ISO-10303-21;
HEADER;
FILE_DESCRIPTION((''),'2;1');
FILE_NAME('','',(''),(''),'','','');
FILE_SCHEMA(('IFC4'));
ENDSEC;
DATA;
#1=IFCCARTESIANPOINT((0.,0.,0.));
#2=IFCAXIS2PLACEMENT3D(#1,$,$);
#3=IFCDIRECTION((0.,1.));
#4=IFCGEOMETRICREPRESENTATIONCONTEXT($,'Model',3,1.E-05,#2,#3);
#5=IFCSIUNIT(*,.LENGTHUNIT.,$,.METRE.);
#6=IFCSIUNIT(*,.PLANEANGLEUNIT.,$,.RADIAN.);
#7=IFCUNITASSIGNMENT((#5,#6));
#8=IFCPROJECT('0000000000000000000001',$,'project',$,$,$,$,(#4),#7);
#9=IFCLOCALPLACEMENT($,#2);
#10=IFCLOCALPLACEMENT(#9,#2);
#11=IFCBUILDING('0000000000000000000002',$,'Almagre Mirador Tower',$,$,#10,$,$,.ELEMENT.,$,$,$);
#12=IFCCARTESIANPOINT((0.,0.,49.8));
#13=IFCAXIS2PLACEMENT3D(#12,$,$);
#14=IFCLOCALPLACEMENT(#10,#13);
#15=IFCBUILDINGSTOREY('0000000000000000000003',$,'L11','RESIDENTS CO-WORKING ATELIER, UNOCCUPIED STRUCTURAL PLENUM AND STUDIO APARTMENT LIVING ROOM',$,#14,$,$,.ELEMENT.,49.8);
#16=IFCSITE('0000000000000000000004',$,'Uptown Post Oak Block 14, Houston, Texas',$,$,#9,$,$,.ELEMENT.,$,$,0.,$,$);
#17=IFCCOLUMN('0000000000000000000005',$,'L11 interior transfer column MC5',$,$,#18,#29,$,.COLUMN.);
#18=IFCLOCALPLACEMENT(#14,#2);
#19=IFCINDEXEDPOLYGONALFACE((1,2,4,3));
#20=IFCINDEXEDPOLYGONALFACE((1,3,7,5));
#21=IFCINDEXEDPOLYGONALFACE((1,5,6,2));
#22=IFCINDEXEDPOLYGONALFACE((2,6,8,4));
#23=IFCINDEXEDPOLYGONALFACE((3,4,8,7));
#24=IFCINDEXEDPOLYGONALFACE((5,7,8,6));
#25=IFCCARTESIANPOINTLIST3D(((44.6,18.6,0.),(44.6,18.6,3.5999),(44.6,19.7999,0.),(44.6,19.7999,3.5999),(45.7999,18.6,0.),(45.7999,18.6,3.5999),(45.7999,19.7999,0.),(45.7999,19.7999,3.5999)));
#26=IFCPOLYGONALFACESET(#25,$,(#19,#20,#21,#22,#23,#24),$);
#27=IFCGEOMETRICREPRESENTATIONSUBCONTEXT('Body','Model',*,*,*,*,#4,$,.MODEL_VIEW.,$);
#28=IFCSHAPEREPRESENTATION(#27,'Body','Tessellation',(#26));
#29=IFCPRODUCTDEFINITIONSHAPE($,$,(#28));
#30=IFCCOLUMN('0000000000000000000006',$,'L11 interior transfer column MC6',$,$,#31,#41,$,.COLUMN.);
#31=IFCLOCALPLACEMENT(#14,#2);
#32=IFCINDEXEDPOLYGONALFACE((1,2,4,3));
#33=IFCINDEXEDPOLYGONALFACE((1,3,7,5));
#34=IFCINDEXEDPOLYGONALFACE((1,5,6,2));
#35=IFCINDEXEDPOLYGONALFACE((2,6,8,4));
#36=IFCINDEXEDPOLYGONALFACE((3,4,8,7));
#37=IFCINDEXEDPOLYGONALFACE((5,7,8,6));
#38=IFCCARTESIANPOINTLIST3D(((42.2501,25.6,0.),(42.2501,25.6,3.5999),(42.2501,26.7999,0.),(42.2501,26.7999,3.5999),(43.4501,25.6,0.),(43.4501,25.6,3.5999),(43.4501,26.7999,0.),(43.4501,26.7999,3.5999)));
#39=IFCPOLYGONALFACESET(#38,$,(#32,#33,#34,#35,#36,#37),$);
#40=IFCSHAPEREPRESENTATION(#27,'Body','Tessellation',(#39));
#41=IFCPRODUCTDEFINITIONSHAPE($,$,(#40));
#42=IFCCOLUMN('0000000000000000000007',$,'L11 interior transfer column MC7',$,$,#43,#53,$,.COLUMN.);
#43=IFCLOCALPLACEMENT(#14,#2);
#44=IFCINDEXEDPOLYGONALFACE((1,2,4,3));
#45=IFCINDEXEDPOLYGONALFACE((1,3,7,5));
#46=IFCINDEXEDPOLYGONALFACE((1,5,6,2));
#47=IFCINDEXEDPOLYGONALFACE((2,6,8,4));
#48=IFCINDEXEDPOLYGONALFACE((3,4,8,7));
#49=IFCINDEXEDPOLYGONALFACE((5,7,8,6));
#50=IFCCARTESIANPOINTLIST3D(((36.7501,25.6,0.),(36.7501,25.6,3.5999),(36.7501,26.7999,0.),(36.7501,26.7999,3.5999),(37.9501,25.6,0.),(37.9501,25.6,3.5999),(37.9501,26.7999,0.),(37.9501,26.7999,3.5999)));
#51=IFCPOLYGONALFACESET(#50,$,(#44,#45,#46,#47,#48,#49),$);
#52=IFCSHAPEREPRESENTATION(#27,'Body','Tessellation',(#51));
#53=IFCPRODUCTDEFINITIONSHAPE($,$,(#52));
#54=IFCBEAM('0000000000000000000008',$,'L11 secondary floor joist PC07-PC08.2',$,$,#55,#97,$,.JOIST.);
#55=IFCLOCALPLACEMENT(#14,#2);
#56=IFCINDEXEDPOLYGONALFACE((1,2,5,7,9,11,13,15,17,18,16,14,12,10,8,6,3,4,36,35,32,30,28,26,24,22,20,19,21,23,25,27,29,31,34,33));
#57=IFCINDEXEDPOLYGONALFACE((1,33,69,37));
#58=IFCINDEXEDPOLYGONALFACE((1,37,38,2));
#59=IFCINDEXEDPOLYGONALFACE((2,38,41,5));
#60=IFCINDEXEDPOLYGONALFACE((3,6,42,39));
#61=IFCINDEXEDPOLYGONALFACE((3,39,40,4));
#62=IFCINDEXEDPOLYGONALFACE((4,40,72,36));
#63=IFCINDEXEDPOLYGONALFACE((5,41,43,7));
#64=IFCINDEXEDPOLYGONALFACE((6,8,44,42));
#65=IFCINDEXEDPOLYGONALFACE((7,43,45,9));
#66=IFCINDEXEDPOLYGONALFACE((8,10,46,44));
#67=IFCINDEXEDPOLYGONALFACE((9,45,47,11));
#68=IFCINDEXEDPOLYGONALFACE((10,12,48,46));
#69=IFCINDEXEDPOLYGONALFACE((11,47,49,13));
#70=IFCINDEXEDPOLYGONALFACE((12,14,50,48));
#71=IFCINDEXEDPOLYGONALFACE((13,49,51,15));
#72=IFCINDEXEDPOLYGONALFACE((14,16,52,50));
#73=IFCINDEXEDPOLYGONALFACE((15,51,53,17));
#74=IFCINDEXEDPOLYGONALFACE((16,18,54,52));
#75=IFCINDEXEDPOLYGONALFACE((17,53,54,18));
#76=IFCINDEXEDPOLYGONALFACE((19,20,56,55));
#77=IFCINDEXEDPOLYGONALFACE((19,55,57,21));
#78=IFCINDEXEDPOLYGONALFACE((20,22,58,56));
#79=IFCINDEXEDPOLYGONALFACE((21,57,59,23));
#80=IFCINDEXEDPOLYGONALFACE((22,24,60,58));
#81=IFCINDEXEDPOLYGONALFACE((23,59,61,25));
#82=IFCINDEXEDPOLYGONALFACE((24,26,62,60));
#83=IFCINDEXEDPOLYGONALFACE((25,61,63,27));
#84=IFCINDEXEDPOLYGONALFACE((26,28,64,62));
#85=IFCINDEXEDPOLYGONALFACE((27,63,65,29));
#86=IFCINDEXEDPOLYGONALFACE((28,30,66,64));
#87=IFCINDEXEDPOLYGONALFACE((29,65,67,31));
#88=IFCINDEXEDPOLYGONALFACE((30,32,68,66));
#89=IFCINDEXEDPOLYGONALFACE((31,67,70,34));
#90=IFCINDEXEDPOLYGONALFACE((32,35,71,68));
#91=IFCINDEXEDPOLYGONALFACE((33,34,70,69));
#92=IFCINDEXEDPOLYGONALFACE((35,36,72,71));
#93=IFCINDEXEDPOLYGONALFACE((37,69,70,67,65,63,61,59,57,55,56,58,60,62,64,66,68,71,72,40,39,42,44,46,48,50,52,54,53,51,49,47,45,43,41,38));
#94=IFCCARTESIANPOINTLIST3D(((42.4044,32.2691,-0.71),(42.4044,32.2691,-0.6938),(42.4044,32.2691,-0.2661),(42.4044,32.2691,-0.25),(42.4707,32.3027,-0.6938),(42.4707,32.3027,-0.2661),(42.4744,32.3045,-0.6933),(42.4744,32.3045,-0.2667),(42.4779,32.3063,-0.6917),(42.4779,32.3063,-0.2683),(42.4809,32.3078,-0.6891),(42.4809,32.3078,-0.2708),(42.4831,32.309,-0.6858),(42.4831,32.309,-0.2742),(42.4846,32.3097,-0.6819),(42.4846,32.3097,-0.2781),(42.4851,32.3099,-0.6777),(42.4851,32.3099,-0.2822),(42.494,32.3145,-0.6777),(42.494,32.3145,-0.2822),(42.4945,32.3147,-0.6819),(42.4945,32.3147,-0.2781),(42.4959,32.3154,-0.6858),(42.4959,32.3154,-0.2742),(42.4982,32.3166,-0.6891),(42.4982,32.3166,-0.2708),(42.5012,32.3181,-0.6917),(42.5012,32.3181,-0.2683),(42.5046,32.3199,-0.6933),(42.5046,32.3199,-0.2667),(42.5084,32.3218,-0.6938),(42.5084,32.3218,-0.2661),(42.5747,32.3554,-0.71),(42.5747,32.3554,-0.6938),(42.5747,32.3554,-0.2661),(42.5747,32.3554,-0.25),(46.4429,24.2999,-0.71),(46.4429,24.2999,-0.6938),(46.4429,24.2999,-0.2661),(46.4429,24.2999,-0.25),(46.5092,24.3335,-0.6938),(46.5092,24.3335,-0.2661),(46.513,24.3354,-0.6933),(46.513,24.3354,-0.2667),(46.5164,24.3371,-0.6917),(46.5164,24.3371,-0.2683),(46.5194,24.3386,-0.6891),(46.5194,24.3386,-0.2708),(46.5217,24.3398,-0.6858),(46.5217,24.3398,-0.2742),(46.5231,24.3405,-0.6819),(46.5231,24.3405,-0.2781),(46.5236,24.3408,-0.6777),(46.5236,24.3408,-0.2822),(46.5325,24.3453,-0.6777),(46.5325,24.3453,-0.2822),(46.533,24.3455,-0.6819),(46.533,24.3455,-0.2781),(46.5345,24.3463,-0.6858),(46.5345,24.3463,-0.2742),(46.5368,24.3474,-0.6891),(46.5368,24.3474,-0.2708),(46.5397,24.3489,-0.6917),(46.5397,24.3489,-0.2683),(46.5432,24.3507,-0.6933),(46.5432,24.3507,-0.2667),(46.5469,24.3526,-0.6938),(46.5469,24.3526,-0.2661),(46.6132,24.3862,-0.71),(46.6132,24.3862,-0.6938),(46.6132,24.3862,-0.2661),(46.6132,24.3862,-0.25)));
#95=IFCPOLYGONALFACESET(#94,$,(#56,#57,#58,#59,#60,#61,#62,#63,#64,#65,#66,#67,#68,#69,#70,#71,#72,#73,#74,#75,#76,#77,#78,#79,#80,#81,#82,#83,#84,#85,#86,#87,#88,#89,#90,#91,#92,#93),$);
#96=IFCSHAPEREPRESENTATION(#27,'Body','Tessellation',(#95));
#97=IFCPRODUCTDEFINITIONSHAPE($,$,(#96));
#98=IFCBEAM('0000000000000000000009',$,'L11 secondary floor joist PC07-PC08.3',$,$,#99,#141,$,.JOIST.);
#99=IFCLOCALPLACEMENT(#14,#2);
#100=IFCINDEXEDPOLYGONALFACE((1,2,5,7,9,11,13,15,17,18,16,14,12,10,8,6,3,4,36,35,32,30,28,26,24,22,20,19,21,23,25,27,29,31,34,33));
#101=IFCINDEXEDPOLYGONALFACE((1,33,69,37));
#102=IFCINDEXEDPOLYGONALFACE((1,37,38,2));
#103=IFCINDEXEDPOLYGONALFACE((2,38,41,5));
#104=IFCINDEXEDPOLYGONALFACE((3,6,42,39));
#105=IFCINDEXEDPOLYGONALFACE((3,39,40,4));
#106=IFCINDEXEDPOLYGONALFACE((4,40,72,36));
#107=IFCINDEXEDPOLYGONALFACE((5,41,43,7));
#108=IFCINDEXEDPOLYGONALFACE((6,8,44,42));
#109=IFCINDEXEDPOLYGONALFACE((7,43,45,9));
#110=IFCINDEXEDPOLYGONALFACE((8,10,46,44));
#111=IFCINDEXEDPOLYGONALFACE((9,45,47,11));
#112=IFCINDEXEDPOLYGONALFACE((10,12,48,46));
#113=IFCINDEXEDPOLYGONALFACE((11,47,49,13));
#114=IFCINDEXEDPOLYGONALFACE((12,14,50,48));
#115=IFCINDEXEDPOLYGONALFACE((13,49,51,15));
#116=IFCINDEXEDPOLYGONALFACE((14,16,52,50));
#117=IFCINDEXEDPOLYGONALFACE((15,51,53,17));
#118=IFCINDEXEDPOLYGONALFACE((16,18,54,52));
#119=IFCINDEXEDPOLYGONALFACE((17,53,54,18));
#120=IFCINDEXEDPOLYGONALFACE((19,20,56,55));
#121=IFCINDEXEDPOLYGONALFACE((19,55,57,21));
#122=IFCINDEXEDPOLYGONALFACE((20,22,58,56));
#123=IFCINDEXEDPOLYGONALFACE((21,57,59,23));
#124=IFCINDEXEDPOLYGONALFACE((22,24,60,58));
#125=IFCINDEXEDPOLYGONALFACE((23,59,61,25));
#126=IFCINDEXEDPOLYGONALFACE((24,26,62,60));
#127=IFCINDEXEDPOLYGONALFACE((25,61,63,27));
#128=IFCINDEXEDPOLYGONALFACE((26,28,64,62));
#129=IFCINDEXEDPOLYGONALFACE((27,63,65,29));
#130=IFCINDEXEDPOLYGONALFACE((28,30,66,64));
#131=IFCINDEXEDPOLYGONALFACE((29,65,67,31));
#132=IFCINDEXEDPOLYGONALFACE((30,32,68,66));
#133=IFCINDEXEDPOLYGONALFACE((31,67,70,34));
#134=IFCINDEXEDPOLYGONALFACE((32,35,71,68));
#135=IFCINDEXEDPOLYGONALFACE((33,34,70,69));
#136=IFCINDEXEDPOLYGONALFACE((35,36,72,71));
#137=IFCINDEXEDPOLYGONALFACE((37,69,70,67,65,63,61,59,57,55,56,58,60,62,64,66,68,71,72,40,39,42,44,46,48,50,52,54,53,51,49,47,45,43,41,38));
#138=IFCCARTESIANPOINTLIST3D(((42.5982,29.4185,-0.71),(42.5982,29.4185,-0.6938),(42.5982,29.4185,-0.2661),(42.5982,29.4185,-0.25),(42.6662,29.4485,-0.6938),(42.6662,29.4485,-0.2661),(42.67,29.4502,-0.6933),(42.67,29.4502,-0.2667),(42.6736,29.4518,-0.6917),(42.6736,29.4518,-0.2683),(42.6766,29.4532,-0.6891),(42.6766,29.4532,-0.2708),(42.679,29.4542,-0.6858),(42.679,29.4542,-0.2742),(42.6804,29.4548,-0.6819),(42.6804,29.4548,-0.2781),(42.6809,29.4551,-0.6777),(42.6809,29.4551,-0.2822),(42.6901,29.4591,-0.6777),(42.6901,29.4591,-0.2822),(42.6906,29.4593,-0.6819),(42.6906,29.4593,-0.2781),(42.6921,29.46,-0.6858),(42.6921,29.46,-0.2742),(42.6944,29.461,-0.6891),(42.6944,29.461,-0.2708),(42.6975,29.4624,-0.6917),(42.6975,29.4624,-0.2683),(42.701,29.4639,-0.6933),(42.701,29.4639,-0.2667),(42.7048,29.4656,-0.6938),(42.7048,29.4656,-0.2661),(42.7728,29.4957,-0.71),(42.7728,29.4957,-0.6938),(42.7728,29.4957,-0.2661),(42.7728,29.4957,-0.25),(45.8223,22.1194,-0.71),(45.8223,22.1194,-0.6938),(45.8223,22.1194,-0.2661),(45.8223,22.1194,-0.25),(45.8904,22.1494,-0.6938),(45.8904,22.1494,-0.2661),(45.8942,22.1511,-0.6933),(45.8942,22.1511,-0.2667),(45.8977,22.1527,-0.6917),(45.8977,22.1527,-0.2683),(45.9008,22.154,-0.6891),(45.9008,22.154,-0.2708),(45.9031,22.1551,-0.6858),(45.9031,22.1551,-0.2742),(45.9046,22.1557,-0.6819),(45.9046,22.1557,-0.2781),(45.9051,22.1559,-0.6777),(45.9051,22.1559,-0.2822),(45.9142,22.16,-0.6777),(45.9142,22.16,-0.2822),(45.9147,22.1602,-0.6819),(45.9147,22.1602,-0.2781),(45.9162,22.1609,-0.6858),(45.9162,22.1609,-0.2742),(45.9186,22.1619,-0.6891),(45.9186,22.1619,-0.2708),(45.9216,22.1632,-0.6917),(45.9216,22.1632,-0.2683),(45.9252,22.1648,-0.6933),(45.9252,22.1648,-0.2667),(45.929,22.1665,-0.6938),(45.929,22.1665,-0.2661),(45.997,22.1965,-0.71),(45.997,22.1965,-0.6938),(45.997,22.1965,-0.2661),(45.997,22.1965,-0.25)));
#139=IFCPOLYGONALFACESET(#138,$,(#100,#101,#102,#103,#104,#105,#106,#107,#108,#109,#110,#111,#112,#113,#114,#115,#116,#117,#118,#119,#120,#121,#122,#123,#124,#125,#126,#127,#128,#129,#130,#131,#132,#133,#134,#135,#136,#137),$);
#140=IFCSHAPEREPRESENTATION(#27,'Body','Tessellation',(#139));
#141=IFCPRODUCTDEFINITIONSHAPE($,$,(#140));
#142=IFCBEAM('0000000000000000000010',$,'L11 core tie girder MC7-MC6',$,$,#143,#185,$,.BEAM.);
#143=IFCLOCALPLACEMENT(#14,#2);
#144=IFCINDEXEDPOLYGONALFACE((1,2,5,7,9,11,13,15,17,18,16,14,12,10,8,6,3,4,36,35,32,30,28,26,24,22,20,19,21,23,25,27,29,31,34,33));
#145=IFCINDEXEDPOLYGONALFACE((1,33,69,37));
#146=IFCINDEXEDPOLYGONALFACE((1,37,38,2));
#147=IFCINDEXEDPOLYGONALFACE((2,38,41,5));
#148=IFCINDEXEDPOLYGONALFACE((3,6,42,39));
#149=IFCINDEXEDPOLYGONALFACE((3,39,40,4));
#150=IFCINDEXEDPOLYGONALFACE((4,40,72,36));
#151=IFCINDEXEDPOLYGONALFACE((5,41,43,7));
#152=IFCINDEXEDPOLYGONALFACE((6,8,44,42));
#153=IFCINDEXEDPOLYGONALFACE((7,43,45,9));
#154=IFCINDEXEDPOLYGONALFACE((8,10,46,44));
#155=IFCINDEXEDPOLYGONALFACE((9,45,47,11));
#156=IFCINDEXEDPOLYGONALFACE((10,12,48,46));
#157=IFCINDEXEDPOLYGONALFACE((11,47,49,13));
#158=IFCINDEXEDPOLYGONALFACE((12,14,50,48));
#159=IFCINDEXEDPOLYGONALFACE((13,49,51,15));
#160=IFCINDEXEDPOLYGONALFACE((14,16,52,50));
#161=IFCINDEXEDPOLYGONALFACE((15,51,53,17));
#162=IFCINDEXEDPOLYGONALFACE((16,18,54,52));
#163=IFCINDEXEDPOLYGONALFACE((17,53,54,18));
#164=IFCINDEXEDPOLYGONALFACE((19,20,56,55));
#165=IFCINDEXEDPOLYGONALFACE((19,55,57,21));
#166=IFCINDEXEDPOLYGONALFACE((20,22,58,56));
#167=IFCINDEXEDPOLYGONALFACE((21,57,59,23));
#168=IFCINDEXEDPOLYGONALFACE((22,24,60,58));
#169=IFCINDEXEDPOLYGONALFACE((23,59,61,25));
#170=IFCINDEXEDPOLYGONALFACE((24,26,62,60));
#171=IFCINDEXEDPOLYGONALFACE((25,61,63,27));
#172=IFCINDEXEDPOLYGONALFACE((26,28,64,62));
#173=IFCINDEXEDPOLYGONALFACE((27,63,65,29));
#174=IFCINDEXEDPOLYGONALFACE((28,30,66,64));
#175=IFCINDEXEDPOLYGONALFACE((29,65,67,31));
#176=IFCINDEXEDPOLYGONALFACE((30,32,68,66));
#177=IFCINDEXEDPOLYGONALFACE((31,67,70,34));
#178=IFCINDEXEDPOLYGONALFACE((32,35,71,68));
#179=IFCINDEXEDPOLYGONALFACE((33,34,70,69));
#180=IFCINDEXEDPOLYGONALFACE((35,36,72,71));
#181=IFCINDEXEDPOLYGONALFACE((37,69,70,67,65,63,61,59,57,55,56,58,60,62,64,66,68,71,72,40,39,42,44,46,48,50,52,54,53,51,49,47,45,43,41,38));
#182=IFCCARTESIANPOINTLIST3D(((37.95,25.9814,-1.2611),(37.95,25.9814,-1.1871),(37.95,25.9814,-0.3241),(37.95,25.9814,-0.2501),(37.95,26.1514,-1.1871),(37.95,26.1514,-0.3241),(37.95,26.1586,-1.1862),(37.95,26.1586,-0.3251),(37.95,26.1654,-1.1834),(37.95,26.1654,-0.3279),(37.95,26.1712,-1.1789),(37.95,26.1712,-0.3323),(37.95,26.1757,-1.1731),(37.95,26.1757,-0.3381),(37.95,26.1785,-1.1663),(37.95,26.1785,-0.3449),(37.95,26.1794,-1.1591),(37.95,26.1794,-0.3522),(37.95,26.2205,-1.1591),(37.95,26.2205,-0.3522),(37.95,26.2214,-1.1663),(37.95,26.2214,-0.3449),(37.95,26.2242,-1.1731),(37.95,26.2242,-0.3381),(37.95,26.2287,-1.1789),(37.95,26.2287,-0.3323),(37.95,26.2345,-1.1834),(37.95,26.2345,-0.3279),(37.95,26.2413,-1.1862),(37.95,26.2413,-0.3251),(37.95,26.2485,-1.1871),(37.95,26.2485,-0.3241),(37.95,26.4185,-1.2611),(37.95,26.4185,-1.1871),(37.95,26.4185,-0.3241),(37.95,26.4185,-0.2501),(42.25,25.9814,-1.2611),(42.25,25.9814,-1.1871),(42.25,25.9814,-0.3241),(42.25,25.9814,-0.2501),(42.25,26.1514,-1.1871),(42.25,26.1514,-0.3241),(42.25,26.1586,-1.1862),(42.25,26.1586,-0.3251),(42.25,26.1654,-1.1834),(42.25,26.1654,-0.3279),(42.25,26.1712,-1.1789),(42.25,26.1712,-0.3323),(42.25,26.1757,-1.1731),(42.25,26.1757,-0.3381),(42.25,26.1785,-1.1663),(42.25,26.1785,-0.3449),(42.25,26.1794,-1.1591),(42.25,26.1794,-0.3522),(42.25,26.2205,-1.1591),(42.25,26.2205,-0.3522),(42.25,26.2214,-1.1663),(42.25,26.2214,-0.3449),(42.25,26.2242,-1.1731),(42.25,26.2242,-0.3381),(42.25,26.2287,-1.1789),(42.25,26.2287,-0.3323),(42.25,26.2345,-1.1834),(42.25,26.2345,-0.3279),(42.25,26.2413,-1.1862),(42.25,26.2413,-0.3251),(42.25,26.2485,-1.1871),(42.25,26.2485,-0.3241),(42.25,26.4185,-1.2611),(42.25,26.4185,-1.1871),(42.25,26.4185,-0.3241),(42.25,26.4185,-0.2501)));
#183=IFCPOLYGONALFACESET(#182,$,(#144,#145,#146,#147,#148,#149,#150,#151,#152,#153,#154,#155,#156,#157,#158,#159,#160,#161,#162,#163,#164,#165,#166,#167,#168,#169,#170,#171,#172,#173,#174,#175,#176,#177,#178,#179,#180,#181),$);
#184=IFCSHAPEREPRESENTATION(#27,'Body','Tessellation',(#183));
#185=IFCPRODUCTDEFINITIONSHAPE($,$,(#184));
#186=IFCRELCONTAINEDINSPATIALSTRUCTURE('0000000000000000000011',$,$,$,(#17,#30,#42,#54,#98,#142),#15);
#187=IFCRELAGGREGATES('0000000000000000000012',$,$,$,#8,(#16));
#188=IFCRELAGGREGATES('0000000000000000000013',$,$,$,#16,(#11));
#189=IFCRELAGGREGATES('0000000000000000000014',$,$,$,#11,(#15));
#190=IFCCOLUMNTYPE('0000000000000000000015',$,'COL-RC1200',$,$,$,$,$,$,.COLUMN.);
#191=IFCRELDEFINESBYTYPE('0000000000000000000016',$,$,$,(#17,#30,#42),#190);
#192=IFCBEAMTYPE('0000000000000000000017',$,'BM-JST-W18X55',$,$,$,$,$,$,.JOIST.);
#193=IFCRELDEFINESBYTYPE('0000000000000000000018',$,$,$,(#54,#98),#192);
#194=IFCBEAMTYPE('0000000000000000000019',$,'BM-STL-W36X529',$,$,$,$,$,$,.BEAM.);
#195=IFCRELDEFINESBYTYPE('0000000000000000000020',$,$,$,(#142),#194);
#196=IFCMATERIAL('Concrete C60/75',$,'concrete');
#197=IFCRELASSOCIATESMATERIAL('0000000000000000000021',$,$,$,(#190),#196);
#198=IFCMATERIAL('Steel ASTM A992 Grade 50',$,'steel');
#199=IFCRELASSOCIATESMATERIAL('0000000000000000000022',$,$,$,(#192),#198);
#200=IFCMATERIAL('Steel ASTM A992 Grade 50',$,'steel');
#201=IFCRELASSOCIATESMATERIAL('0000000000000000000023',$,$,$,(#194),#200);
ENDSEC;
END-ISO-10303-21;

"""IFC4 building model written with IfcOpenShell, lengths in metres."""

from ifc_helpers import new_model, si_unit, direction, frame, origin, origin_2d, place, context, subcontext, project, spatial, rectangle, i_section, extrude, material, material_profile, profile_set, type_object, element, save


model = new_model("IFC4")

# Units and contexts
model_context = context("Model", 3, precision=1e-05, world=origin(), true_north=direction((0.0, 1.0)))
body_context = subcontext(model_context, "Body", "Model", "MODEL_VIEW")
ifc_project = project(units=[si_unit("LENGTHUNIT", "METRE"), si_unit("PLANEANGLEUNIT", "RADIAN")], contexts=[model_context])

# Site, building, storey
site_placement = place(None, origin())
site = spatial("IfcSite", under=ifc_project, at=site_placement, Name="Uptown Post Oak Block 14, Houston, Texas", CompositionType="ELEMENT", RefElevation=0.0)
building_placement = place(site_placement, origin())
building = spatial("IfcBuilding", under=site, at=building_placement, Name="Almagre Mirador Tower", CompositionType="ELEMENT")
storey_placement = place(building_placement, frame((0.0, 0.0, 49.8)))
storey = spatial("IfcBuildingStorey", under=building, at=storey_placement, Name="L11", Description="RESIDENTS CO-WORKING ATELIER, UNOCCUPIED STRUCTURAL PLENUM AND STUDIO APARTMENT LIVING ROOM", CompositionType="ELEMENT", Elevation=49.8)

# Columns
ifc_material_1 = material(Name="Concrete C60/75", Category="concrete")
ifc_material_profile_1 = material_profile(ifc_material_1, rectangle(XDim=1.2, YDim=1.2, at=origin_2d()), Name="RC1200X1200")
ifc_profile_set_1 = profile_set([ifc_material_profile_1], Name="Concrete C60/75")
column_type = type_object("IfcColumnType", Name="COL-RC1200", PredefinedType="COLUMN", material=ifc_profile_set_1)
for number, where, z_axis, x_axis, name in (
    (1, (45.2, 19.2, 0.0), (0.0, 0.0, 1.0), (1.0, 0.0, 0.0), "L11 interior transfer column MC5"),
    (2, (42.8501, 26.2, 0.0), (0.0, 0.0, 1.0), (1.0, 0.0, 0.0), "L11 interior transfer column MC6"),
    (3, (37.3501, 26.2, 0.0), (0.0, 0.0, 1.0), (1.0, 0.0, 0.0), "L11 interior transfer column MC7"),
):
    element("IfcColumn", number, at=place(storey_placement, frame(where, z_axis=z_axis, x_axis=x_axis)), inside=storey, type_object=column_type, Name=name, PredefinedType="COLUMN", context=body_context, shape_type="SweptSolid", body=[
        extrude(rectangle(XDim=1.2, YDim=1.2, at=origin_2d()), origin(), (0.0, 0.0, 1.0), 3.5999),
    ])

# Beams
ifc_material_2 = material(Name="Steel ASTM A992 Grade 50", Category="steel")
ifc_material_profile_2 = material_profile(ifc_material_2, i_section(OverallWidth=0.1909, OverallDepth=0.46, WebThickness=0.01, FlangeThickness=0.0161, FilletRadius=0.0161, at=origin_2d()), Name="W18X55")
ifc_profile_set_2 = profile_set([ifc_material_profile_2], Name="Steel ASTM A992 Grade 50")
beam_type_1 = type_object("IfcBeamType", Name="BM-JST-W18X55", PredefinedType="JOIST", material=ifc_profile_set_2)
beam_1_placement = place(storey_placement, frame((46.5281, 24.343, -0.48), z_axis=(-0.452038, 0.891998, 0.0), x_axis=(-0.891998, -0.452038, 0.0)))
element("IfcBeam", 4, at=beam_1_placement, inside=storey, type_object=beam_type_1, Name="L11 secondary floor joist PC07-PC08.2", PredefinedType="JOIST", context=body_context, shape_type="SweptSolid", body=[
    extrude(i_section(OverallWidth=0.1909, OverallDepth=0.46, WebThickness=0.01, FlangeThickness=0.0161, FilletRadius=0.0161, at=origin_2d()), origin(), (0.0, 0.0, 1.0), 8.9341),
])
beam_2_placement = place(storey_placement, frame((45.9097, 22.158, -0.48), z_axis=(-0.404054, 0.914735, 0.0), x_axis=(-0.914735, -0.404054, 0.0)))
element("IfcBeam", 5, at=beam_2_placement, inside=storey, type_object=beam_type_1, Name="L11 secondary floor joist PC07-PC08.3", PredefinedType="JOIST", context=body_context, shape_type="SweptSolid", body=[
    extrude(i_section(OverallWidth=0.1909, OverallDepth=0.46, WebThickness=0.01, FlangeThickness=0.0161, FilletRadius=0.0161, at=origin_2d()), origin(), (0.0, 0.0, 1.0), 7.9795),
])
ifc_material_3 = material(Name="Steel ASTM A992 Grade 50", Category="steel")
ifc_material_profile_3 = material_profile(ifc_material_3, i_section(OverallWidth=0.437, OverallDepth=1.011, WebThickness=0.041, FlangeThickness=0.074, FilletRadius=0.0281, at=origin_2d()), Name="W36X529")
ifc_profile_set_3 = profile_set([ifc_material_profile_3], Name="Steel ASTM A992 Grade 50")
beam_type_2 = type_object("IfcBeamType", Name="BM-STL-W36X529", PredefinedType="BEAM", material=ifc_profile_set_3)
beam_3_placement = place(storey_placement, frame((37.95, 26.2, -0.7556), z_axis=(1.0, 0.0, 0.0), x_axis=(0.0, 1.0, 0.0)))
element("IfcBeam", 6, at=beam_3_placement, inside=storey, type_object=beam_type_2, Name="L11 core tie girder MC7-MC6", PredefinedType="BEAM", context=body_context, shape_type="SweptSolid", body=[
    extrude(i_section(OverallWidth=0.437, OverallDepth=1.011, WebThickness=0.041, FlangeThickness=0.074, FilletRadius=0.0281, at=origin_2d()), origin(), (0.0, 0.0, 1.0), 4.3),
])

save(model, "model.ifc")
